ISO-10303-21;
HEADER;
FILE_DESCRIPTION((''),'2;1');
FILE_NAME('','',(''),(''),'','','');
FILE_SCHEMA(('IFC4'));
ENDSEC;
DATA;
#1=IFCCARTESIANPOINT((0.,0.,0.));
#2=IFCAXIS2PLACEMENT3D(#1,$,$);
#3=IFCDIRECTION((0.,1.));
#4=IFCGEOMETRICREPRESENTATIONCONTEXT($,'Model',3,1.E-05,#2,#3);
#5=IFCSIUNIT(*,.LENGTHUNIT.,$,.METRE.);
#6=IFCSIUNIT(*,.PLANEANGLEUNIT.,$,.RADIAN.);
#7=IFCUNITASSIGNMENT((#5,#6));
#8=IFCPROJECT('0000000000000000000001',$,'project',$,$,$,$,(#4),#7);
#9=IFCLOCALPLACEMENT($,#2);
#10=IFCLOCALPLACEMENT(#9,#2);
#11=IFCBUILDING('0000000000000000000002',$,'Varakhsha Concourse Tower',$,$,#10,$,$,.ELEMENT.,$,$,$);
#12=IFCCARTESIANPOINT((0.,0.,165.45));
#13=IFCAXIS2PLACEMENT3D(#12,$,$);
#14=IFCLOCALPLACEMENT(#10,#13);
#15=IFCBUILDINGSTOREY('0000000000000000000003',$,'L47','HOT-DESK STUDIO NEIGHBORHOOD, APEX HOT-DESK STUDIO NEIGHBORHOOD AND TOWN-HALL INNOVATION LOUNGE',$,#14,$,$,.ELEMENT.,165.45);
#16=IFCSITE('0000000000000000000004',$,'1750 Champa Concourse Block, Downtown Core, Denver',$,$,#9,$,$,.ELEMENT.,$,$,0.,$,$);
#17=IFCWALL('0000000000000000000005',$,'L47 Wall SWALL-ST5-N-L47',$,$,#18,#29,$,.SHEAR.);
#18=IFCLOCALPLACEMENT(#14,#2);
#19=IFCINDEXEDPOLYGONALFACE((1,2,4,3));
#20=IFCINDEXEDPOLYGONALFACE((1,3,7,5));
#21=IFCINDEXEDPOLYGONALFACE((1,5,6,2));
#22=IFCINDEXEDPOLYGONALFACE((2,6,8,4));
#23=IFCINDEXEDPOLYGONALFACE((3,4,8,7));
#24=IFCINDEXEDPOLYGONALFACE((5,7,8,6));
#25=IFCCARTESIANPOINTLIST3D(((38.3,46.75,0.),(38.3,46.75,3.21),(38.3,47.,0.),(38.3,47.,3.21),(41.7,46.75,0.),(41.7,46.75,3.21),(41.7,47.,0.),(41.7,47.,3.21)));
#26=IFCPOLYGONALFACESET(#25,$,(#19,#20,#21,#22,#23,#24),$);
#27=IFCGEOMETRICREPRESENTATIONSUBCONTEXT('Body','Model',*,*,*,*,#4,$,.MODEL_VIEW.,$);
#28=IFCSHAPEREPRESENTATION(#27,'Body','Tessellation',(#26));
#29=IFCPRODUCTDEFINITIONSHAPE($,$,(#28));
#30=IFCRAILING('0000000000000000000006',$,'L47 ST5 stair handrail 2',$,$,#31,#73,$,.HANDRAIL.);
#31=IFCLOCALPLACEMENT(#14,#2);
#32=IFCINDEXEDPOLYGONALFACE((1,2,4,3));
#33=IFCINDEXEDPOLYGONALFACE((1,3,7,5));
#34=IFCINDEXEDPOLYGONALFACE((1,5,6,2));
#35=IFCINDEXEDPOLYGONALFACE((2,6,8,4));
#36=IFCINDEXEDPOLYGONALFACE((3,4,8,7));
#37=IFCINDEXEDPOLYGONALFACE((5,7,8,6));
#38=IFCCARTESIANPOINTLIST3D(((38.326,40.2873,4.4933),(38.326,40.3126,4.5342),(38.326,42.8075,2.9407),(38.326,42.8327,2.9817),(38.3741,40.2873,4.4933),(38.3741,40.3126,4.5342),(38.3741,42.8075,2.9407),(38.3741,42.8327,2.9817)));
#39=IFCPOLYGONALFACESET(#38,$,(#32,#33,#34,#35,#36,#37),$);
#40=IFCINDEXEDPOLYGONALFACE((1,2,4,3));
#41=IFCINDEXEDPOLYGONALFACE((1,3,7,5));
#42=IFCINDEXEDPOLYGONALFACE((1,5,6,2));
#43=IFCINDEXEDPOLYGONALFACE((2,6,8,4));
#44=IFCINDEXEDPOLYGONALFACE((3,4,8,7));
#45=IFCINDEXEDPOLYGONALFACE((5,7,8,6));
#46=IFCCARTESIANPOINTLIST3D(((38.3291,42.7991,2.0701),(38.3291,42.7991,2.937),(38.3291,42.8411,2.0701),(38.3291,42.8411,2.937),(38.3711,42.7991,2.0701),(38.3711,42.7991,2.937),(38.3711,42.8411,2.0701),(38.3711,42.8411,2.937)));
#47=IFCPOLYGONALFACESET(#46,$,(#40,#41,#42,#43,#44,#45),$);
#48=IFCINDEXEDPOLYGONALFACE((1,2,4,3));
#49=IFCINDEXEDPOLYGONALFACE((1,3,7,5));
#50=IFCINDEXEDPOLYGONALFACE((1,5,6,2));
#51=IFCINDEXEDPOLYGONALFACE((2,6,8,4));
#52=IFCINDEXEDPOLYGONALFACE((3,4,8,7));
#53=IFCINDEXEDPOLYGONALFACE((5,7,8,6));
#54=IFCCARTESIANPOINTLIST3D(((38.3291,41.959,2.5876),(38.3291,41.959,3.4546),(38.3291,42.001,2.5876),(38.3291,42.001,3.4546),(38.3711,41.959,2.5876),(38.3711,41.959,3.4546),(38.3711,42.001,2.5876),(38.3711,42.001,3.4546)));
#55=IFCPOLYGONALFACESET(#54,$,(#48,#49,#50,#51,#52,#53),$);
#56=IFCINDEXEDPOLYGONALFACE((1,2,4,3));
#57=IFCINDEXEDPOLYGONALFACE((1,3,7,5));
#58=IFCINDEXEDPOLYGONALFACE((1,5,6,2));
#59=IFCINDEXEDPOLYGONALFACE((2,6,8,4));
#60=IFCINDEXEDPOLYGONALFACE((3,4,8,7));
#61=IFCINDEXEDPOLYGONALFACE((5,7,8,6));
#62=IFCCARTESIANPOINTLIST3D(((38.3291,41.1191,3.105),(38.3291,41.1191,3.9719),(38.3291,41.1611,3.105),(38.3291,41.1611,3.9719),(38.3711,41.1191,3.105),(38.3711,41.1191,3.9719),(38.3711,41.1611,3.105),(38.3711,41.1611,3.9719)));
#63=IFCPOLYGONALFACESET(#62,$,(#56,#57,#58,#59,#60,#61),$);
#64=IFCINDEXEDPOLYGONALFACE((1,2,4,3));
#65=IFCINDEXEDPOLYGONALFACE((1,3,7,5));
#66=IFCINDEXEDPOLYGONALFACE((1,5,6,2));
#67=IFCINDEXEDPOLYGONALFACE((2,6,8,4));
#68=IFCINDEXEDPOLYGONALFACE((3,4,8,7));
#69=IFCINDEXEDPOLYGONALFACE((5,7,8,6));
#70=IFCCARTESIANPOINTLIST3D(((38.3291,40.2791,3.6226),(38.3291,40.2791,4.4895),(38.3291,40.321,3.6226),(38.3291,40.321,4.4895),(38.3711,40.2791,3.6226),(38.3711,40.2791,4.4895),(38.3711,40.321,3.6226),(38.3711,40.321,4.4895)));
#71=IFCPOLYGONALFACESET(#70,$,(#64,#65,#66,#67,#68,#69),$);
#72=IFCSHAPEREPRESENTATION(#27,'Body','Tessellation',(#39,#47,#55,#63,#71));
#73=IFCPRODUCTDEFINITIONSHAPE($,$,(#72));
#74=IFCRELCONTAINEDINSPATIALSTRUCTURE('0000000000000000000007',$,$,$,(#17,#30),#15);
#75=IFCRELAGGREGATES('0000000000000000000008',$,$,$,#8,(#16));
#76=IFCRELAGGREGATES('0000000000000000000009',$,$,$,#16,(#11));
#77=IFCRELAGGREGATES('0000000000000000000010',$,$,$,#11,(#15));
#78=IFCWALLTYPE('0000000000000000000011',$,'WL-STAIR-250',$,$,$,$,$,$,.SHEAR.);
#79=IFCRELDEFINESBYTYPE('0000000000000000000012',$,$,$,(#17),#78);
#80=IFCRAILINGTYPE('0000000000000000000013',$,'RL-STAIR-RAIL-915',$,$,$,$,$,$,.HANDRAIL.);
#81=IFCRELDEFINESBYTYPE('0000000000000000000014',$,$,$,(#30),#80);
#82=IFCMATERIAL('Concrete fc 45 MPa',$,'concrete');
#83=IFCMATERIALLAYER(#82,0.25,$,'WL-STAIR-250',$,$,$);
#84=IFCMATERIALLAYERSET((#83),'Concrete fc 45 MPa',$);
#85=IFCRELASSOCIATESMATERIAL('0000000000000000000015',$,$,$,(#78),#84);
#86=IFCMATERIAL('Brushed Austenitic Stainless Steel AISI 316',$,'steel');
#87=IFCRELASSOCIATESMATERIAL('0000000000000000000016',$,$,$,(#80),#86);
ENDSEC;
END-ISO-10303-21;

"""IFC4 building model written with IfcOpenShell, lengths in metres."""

from ifc_helpers import new_model, si_unit, direction, frame, frame_2d, origin, origin_2d, place, context, subcontext, project, spatial, rectangle, extrude, material, layer, layer_set, type_object, element, save


model = new_model("IFC4")

# Units and contexts
model_context = context("Model", 3, precision=1e-05, world=origin(), true_north=direction((0.0, 1.0)))
body_context = subcontext(model_context, "Body", "Model", "MODEL_VIEW")
ifc_project = project(units=[si_unit("LENGTHUNIT", "METRE"), si_unit("PLANEANGLEUNIT", "RADIAN")], contexts=[model_context])

# Site, building, storey
site_placement = place(None, origin())
site = spatial("IfcSite", under=ifc_project, at=site_placement, Name="1750 Champa Concourse Block, Downtown Core, Denver", CompositionType="ELEMENT", RefElevation=0.0)
building_placement = place(site_placement, origin())
building = spatial("IfcBuilding", under=site, at=building_placement, Name="Varakhsha Concourse Tower", CompositionType="ELEMENT")
storey_placement = place(building_placement, frame((0.0, 0.0, 165.45)))
storey = spatial("IfcBuildingStorey", under=building, at=storey_placement, Name="L47", Description="HOT-DESK STUDIO NEIGHBORHOOD, APEX HOT-DESK STUDIO NEIGHBORHOOD AND TOWN-HALL INNOVATION LOUNGE", CompositionType="ELEMENT", Elevation=165.45)

# Shared definitions
ifc_material_1 = material(Name="Concrete fc 45 MPa", Category="concrete")

# Shared definitions
ifc_layer_1 = layer(ifc_material_1, 0.25, Name="WL-STAIR-250")
ifc_layer_set_1 = layer_set([ifc_layer_1], Name="Concrete fc 45 MPa")
wall_type_1 = type_object("IfcWallType", Name="WL-STAIR-250", PredefinedType="SHEAR", material=ifc_layer_set_1)

# Wall
wall_1_placement = place(storey_placement, frame((38.3, 46.875, 0.0), z_axis=(0.0, 0.0, 1.0), x_axis=(1.0, 0.0, 0.0)))
element("IfcWall", 1, at=wall_1_placement, inside=storey, type_object=wall_type_1, Name="L47 Wall SWALL-ST5-N-L47", PredefinedType="SHEAR", context=body_context, shape_type="SweptSolid", body=[
    extrude(rectangle(XDim=3.3999, YDim=0.25, at=frame_2d((1.7, 0.0))), origin(), (0.0, 0.0, 1.0), 3.21),
])

# Railing
ifc_material_2 = material(Name="Brushed Austenitic Stainless Steel AISI 316", Category="steel")
railing_type = type_object("IfcRailingType", Name="RL-STAIR-RAIL-915", PredefinedType="HANDRAIL", material=ifc_material_2)
railing_placement = place(storey_placement, frame((38.3501, 42.8201, 2.0701)))
element("IfcRailing", 2, at=railing_placement, inside=storey, type_object=railing_type, Name="L47 ST5 stair handrail 2", PredefinedType="HANDRAIL", context=body_context, shape_type="SweptSolid", body=[
    extrude(rectangle(XDim=0.0481, YDim=0.0481, at=origin_2d()), frame((0.0, 0.0, 0.8911), z_axis=(0.0, -0.8514, 0.524516), x_axis=(1.0, 0.0, 0.0)), (0.0, 0.0, 1.0), 2.96),
    extrude(rectangle(XDim=0.042, YDim=0.042, at=origin_2d()), origin(), (0.0, 0.0, 1.0), 0.8669),
    extrude(rectangle(XDim=0.042, YDim=0.042, at=origin_2d()), frame((0.0, -0.8401, 0.5176)), (0.0, 0.0, 1.0), 0.8669),
    extrude(rectangle(XDim=0.042, YDim=0.042, at=origin_2d()), frame((0.0, -1.6799, 1.0349)), (0.0, 0.0, 1.0), 0.8669),
    extrude(rectangle(XDim=0.042, YDim=0.042, at=origin_2d()), frame((0.0, -2.52, 1.5525)), (0.0, 0.0, 1.0), 0.8669),
])

save(model, "model.ifc")
